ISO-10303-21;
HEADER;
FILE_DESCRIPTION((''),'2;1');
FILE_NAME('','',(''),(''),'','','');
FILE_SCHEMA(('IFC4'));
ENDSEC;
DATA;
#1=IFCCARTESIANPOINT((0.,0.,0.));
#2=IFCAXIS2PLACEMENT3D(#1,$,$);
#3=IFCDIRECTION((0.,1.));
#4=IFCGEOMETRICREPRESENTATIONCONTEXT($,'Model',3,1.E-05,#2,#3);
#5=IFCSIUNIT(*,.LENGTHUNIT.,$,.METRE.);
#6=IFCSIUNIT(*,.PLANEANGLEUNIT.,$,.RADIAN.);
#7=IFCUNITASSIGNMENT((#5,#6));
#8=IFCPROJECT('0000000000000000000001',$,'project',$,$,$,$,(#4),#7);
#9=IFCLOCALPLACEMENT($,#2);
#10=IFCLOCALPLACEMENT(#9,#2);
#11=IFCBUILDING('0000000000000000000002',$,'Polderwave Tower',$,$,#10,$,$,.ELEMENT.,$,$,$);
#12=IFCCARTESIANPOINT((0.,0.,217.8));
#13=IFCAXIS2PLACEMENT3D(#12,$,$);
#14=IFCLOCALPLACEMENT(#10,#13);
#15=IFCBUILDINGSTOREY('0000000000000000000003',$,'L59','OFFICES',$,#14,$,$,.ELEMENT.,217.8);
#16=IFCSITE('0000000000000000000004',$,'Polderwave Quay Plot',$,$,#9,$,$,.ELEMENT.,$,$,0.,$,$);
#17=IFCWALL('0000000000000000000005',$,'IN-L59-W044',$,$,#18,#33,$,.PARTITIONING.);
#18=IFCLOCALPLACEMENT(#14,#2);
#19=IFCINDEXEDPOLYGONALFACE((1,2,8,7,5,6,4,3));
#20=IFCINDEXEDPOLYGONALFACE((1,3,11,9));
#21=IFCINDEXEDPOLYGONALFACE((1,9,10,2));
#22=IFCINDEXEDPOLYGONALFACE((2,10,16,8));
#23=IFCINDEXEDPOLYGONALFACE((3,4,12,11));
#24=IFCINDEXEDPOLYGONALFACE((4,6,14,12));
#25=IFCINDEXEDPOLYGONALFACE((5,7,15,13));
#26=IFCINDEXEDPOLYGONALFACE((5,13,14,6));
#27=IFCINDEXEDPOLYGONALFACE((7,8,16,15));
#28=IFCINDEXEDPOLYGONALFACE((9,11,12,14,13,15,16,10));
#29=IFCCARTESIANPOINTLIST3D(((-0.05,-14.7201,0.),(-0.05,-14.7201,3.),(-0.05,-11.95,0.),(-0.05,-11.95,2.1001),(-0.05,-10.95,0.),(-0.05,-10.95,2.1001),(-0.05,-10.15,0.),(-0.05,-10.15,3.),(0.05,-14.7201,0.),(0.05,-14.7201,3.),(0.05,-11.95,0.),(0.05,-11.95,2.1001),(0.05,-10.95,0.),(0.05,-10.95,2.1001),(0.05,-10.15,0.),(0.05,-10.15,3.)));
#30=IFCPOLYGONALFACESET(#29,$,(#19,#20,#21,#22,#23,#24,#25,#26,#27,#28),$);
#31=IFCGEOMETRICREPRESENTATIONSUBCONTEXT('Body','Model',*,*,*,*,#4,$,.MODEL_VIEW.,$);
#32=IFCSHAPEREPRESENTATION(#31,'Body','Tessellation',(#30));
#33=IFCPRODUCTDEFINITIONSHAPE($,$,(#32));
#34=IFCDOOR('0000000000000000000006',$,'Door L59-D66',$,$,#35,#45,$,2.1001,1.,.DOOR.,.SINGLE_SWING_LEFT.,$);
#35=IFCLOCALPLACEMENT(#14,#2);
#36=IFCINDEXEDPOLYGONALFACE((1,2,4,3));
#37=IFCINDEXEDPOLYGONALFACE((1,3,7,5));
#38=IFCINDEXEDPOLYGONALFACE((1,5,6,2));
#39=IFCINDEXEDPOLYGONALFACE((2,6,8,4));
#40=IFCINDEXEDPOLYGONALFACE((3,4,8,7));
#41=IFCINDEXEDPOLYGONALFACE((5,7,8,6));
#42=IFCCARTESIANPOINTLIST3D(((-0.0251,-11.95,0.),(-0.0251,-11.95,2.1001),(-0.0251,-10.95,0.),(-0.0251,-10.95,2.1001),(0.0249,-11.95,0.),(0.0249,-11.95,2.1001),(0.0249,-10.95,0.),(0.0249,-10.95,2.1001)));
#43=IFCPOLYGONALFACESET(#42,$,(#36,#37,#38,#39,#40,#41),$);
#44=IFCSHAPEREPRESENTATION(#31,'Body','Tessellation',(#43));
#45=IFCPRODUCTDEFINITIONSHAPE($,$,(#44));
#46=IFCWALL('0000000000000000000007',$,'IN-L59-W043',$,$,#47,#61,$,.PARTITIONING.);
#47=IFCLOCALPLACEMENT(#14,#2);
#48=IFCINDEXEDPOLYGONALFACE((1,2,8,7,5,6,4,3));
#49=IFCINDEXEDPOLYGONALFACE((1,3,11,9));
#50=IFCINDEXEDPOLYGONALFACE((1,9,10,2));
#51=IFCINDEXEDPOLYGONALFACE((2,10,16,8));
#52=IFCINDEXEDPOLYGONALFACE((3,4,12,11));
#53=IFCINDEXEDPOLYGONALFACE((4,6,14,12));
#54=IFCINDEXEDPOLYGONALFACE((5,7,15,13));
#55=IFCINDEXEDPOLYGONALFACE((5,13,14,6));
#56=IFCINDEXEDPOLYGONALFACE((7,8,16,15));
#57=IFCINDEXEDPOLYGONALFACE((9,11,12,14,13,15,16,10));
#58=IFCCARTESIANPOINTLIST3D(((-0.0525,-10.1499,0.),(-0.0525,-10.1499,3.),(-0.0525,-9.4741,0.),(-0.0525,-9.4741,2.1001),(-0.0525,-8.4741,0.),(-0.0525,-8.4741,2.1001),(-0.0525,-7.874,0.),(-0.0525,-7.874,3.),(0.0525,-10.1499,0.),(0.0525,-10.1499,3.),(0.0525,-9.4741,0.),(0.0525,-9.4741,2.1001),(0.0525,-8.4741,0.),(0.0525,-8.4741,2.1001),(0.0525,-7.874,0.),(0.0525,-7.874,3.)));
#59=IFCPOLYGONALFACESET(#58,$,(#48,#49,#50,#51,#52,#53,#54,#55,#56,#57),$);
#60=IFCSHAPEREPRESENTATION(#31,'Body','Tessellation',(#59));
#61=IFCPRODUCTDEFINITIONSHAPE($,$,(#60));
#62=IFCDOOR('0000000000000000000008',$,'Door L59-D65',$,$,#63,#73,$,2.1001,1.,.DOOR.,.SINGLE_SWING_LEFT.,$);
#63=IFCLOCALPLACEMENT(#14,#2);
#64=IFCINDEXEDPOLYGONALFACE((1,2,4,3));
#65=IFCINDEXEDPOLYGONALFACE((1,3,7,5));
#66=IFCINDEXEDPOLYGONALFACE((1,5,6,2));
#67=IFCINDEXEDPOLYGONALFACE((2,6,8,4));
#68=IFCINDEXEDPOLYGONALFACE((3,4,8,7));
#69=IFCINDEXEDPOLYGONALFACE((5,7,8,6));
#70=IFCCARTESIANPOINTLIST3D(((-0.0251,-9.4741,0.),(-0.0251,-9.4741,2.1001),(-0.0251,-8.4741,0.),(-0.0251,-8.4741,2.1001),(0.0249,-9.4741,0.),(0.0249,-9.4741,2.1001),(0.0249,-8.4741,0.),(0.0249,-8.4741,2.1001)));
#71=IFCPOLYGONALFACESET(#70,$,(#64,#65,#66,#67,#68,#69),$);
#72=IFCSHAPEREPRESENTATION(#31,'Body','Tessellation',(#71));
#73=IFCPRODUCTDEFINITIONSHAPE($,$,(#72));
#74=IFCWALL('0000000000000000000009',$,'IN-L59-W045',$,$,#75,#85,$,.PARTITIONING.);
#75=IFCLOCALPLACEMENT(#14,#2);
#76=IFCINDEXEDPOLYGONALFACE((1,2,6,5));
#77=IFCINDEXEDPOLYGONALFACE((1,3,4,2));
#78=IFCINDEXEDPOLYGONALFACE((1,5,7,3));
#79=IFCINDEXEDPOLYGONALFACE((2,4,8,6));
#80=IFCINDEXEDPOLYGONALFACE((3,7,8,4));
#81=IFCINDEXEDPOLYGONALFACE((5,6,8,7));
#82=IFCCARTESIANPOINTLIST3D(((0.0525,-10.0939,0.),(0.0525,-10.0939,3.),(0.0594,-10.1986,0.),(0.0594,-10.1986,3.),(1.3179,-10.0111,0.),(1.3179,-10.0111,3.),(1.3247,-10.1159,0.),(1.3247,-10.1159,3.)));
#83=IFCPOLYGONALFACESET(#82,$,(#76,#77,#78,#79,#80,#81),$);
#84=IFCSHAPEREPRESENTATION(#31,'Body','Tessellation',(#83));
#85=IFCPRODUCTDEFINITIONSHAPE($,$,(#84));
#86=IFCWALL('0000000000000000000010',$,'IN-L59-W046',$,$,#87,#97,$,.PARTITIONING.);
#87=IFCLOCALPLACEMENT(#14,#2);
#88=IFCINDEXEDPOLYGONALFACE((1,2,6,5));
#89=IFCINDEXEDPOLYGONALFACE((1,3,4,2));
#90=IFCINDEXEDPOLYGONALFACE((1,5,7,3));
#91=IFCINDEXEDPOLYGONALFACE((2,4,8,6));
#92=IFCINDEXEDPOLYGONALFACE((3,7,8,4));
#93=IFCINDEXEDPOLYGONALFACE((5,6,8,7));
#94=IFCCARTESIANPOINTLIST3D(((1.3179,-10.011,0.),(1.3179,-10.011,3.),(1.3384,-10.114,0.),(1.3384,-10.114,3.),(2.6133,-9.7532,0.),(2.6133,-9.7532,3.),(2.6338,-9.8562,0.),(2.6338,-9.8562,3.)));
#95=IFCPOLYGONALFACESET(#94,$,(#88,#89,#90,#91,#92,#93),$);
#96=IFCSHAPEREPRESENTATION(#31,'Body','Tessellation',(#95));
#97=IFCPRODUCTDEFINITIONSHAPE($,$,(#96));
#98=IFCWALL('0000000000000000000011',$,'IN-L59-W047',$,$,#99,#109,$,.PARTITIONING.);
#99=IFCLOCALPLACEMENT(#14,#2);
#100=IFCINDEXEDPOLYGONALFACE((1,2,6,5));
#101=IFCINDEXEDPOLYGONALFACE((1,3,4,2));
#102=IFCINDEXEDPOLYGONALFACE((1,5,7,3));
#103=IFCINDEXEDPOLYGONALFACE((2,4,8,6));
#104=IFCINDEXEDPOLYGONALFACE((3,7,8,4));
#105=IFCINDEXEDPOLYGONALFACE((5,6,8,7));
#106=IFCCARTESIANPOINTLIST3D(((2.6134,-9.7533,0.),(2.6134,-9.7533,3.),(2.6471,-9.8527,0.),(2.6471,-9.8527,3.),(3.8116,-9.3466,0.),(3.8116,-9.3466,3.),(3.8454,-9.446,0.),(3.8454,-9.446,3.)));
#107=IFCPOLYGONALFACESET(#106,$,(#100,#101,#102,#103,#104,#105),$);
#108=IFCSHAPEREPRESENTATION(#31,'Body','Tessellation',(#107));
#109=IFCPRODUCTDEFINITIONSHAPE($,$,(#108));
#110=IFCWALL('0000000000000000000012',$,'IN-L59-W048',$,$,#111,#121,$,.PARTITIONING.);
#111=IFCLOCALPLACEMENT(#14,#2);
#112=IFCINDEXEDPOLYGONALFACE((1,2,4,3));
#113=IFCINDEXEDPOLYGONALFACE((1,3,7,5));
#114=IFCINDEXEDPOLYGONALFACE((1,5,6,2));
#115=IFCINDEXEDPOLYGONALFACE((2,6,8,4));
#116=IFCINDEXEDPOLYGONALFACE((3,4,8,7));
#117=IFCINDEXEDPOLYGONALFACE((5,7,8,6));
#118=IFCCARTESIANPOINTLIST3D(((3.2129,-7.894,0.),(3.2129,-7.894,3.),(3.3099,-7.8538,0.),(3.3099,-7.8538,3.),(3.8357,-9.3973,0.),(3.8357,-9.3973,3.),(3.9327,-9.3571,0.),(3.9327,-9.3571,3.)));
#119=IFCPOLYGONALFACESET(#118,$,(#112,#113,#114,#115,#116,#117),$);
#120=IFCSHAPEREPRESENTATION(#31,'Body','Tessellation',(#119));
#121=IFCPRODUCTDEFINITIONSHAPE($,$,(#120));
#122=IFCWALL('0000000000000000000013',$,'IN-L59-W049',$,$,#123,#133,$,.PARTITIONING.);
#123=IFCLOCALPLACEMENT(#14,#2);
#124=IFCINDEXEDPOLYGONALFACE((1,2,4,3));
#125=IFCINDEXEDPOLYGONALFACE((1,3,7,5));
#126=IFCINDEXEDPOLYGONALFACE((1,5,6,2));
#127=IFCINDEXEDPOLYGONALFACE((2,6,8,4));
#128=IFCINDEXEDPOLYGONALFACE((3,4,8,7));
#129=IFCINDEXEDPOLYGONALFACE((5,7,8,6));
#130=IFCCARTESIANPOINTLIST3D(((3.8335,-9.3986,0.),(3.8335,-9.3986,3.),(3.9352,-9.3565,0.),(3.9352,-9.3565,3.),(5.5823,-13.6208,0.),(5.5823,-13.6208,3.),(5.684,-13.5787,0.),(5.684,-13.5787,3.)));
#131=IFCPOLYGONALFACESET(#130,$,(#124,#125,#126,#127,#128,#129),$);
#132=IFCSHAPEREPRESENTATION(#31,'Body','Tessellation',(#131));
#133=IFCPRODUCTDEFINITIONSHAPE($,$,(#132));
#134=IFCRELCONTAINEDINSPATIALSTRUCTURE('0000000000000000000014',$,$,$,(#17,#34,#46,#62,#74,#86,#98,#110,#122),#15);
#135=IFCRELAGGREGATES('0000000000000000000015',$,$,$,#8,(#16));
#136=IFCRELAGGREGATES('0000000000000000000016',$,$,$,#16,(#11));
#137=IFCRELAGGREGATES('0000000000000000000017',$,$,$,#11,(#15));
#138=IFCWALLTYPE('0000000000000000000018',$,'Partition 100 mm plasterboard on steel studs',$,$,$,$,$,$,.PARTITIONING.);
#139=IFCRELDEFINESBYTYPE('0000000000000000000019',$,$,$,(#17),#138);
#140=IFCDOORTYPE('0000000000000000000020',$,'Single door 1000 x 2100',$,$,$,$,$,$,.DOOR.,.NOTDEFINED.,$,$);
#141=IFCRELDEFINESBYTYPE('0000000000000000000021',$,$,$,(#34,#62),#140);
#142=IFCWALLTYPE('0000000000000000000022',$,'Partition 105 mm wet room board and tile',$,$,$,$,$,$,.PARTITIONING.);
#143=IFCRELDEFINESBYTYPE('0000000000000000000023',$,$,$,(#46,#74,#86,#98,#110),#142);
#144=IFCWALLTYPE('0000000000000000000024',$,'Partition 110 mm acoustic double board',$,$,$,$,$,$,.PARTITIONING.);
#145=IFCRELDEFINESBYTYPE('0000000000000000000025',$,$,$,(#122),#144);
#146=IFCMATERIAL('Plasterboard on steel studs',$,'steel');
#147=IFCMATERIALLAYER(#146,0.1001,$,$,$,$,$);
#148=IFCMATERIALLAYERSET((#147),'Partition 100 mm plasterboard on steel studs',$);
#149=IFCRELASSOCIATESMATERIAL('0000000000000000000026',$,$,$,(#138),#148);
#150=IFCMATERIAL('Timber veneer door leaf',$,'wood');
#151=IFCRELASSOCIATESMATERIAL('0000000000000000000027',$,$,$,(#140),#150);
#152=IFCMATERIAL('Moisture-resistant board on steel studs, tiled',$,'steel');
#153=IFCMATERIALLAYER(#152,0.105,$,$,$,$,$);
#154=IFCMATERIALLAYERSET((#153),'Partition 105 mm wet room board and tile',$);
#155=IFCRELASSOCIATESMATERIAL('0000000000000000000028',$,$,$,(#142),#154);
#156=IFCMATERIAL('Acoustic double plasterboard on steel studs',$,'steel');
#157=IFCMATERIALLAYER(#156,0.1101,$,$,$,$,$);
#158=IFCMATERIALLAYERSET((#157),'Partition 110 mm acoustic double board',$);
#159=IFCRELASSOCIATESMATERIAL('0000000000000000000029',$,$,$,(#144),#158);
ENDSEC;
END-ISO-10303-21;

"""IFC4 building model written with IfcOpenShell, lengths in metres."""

from ifc_helpers import new_model, si_unit, direction, frame, frame_2d, origin, place, context, subcontext, project, spatial, rectangle, extrude, material, layer, layer_set, type_object, element, fill, save


model = new_model("IFC4")

# Units and contexts
model_context = context("Model", 3, precision=1e-05, world=origin(), true_north=direction((0.0, 1.0)))
body_context = subcontext(model_context, "Body", "Model", "MODEL_VIEW")
ifc_project = project(units=[si_unit("LENGTHUNIT", "METRE"), si_unit("PLANEANGLEUNIT", "RADIAN")], contexts=[model_context])

# Site, building, storey
site_placement = place(None, origin())
site = spatial("IfcSite", under=ifc_project, at=site_placement, Name="Polderwave Quay Plot", CompositionType="ELEMENT", RefElevation=0.0)
building_placement = place(site_placement, origin())
building = spatial("IfcBuilding", under=site, at=building_placement, Name="Polderwave Tower", CompositionType="ELEMENT")
storey_placement = place(building_placement, frame((0.0, 0.0, 217.8)))
storey = spatial("IfcBuildingStorey", under=building, at=storey_placement, Name="L59", Description="OFFICES", CompositionType="ELEMENT", Elevation=217.8)

# Walls, openings, doors
ifc_material_1 = material(Name="Plasterboard on steel studs", Category="steel")
ifc_layer_1 = layer(ifc_material_1, 0.1001)
ifc_layer_set_1 = layer_set([ifc_layer_1], Name="Partition 100 mm plasterboard on steel studs")
wall_type_1 = type_object("IfcWallType", Name="Partition 100 mm plasterboard on steel studs", PredefinedType="PARTITIONING", material=ifc_layer_set_1)
wall_1_placement = place(storey_placement, frame((0.0, -10.1499, 0.0), z_axis=(0.0, 0.0, 1.0), x_axis=(0.0, -1.0, 0.0)))
wall_1 = element("IfcWall", 1, at=wall_1_placement, inside=storey, type_object=wall_type_1, Name="IN-L59-W044", PredefinedType="PARTITIONING", context=body_context, shape_type="SweptSolid", body=[
    extrude(rectangle(XDim=4.5701, YDim=0.1001, at=frame_2d((2.2852, 0.0))), origin(), (0.0, 0.0, 1.0), 3.0),
])
opening_1_placement = place(wall_1_placement, frame((0.8, 0.0, 0.0)))
opening_1 = element("IfcOpeningElement", 2, at=opening_1_placement, cuts=wall_1, PredefinedType="OPENING", context=body_context, shape_type="SweptSolid", body=[
    extrude(rectangle(XDim=1.0, YDim=2.1001, at=frame_2d((0.5, 1.05))), frame((0.0, 0.0601, 0.0), z_axis=(0.0, -1.0, 0.0), x_axis=(1.0, 0.0, 0.0)), (0.0, 0.0, 1.0), 0.1201),
])
ifc_material_2 = material(Name="Timber veneer door leaf", Category="wood")
door_type = type_object("IfcDoorType", Name="Single door 1000 x 2100", OperationType="NOTDEFINED", PredefinedType="DOOR", material=ifc_material_2)
door_1_placement = place(opening_1_placement, origin())
door_1 = element("IfcDoor", 3, at=door_1_placement, inside=storey, type_object=door_type, Name="Door L59-D66", OperationType="SINGLE_SWING_LEFT", OverallHeight=2.1001, OverallWidth=1.0, PredefinedType="DOOR", context=body_context, shape_type="SweptSolid", body=[
    extrude(rectangle(XDim=1.0, YDim=2.1001, at=frame_2d((0.5, 1.05))), frame((0.0, 0.0249, 0.0), z_axis=(0.0, -1.0, 0.0), x_axis=(1.0, 0.0, 0.0)), (0.0, 0.0, 1.0), 0.05),
])
fill(opening_1, door_1)
ifc_material_3 = material(Name="Moisture-resistant board on steel studs, tiled", Category="steel")
ifc_layer_2 = layer(ifc_material_3, 0.105)
ifc_layer_set_2 = layer_set([ifc_layer_2], Name="Partition 105 mm wet room board and tile")
wall_type_2 = type_object("IfcWallType", Name="Partition 105 mm wet room board and tile", PredefinedType="PARTITIONING", material=ifc_layer_set_2)
wall_2_placement = place(storey_placement, frame((0.0, -7.874, 0.0), z_axis=(0.0, 0.0, 1.0), x_axis=(0.0, -1.0, 0.0)))
wall_2 = element("IfcWall", 4, at=wall_2_placement, inside=storey, type_object=wall_type_2, Name="IN-L59-W043", PredefinedType="PARTITIONING", context=body_context, shape_type="SweptSolid", body=[
    extrude(rectangle(XDim=2.2759, YDim=0.105, at=frame_2d((1.1379, 0.0))), origin(), (0.0, 0.0, 1.0), 3.0),
])
opening_2_placement = place(wall_2_placement, frame((0.6001, 0.0, 0.0)))
opening_2 = element("IfcOpeningElement", 5, at=opening_2_placement, cuts=wall_2, PredefinedType="OPENING", context=body_context, shape_type="SweptSolid", body=[
    extrude(rectangle(XDim=1.0, YDim=2.1001, at=frame_2d((0.5, 1.05))), frame((0.0, 0.0625, 0.0), z_axis=(0.0, -1.0, 0.0), x_axis=(1.0, 0.0, 0.0)), (0.0, 0.0, 1.0), 0.125),
])
door_2_placement = place(opening_2_placement, origin())
door_2 = element("IfcDoor", 6, at=door_2_placement, inside=storey, type_object=door_type, Name="Door L59-D65", OperationType="SINGLE_SWING_LEFT", OverallHeight=2.1001, OverallWidth=1.0, PredefinedType="DOOR", context=body_context, shape_type="SweptSolid", body=[
    extrude(rectangle(XDim=1.0, YDim=2.1001, at=frame_2d((0.5, 1.05))), frame((0.0, 0.0249, 0.0), z_axis=(0.0, -1.0, 0.0), x_axis=(1.0, 0.0, 0.0)), (0.0, 0.0, 1.0), 0.05),
])
fill(opening_2, door_2)

# Walls
wall_3_placement = place(storey_placement, frame((1.3213, -10.0635, 0.0), z_axis=(0.0, 0.0, 1.0), x_axis=(-0.997868, -0.065267, 0.0)))
element("IfcWall", 7, at=wall_3_placement, inside=storey, type_object=wall_type_2, Name="IN-L59-W045", PredefinedType="PARTITIONING", context=body_context, shape_type="SweptSolid", body=[
    extrude(rectangle(XDim=1.2681, YDim=0.105, at=frame_2d((0.634, 0.0))), origin(), (0.0, 0.0, 1.0), 3.0),
])
wall_4_placement = place(storey_placement, frame((2.6235, -9.8047, 0.0), z_axis=(0.0, 0.0, 1.0), x_axis=(-0.980765, -0.195192, 0.0)))
element("IfcWall", 8, at=wall_4_placement, inside=storey, type_object=wall_type_2, Name="IN-L59-W046", PredefinedType="PARTITIONING", context=body_context, shape_type="SweptSolid", body=[
    extrude(rectangle(XDim=1.3208, YDim=0.105, at=frame_2d((0.6604, 0.0))), origin(), (0.0, 0.0, 1.0), 3.0),
])
wall_5_placement = place(storey_placement, frame((3.8286, -9.3962, 0.0), z_axis=(0.0, 0.0, 1.0), x_axis=(-0.946933, -0.321432, 0.0)))
element("IfcWall", 9, at=wall_5_placement, inside=storey, type_object=wall_type_2, Name="IN-L59-W047", PredefinedType="PARTITIONING", context=body_context, shape_type="SweptSolid", body=[
    extrude(rectangle(XDim=1.2654, YDim=0.105, at=frame_2d((0.6328, 0.0))), origin(), (0.0, 0.0, 1.0), 3.0),
])
wall_6_placement = place(storey_placement, frame((3.2615, -7.874, 0.0), z_axis=(0.0, 0.0, 1.0), x_axis=(0.382718, -0.923865, 0.0)))
element("IfcWall", 10, at=wall_6_placement, inside=storey, type_object=wall_type_2, Name="IN-L59-W048", PredefinedType="PARTITIONING", context=body_context, shape_type="SweptSolid", body=[
    extrude(rectangle(XDim=1.6272, YDim=0.105, at=frame_2d((0.8135, 0.0))), origin(), (0.0, 0.0, 1.0), 3.0),
])
ifc_material_4 = material(Name="Acoustic double plasterboard on steel studs", Category="steel")
ifc_layer_3 = layer(ifc_material_4, 0.1101)
ifc_layer_set_3 = layer_set([ifc_layer_3], Name="Partition 110 mm acoustic double board")
wall_type_3 = type_object("IfcWallType", Name="Partition 110 mm acoustic double board", PredefinedType="PARTITIONING", material=ifc_layer_set_3)
wall_7_placement = place(storey_placement, frame((3.8843, -9.3774, 0.0), z_axis=(0.0, 0.0, 1.0), x_axis=(0.382665, -0.923887, 0.0)))
element("IfcWall", 11, at=wall_7_placement, inside=storey, type_object=wall_type_3, Name="IN-L59-W049", PredefinedType="PARTITIONING", context=body_context, shape_type="SweptSolid", body=[
    extrude(rectangle(XDim=4.5701, YDim=0.1101, at=frame_2d((2.2852, 0.0))), origin(), (0.0, 0.0, 1.0), 3.0),
])

save(model, "model.ifc")
